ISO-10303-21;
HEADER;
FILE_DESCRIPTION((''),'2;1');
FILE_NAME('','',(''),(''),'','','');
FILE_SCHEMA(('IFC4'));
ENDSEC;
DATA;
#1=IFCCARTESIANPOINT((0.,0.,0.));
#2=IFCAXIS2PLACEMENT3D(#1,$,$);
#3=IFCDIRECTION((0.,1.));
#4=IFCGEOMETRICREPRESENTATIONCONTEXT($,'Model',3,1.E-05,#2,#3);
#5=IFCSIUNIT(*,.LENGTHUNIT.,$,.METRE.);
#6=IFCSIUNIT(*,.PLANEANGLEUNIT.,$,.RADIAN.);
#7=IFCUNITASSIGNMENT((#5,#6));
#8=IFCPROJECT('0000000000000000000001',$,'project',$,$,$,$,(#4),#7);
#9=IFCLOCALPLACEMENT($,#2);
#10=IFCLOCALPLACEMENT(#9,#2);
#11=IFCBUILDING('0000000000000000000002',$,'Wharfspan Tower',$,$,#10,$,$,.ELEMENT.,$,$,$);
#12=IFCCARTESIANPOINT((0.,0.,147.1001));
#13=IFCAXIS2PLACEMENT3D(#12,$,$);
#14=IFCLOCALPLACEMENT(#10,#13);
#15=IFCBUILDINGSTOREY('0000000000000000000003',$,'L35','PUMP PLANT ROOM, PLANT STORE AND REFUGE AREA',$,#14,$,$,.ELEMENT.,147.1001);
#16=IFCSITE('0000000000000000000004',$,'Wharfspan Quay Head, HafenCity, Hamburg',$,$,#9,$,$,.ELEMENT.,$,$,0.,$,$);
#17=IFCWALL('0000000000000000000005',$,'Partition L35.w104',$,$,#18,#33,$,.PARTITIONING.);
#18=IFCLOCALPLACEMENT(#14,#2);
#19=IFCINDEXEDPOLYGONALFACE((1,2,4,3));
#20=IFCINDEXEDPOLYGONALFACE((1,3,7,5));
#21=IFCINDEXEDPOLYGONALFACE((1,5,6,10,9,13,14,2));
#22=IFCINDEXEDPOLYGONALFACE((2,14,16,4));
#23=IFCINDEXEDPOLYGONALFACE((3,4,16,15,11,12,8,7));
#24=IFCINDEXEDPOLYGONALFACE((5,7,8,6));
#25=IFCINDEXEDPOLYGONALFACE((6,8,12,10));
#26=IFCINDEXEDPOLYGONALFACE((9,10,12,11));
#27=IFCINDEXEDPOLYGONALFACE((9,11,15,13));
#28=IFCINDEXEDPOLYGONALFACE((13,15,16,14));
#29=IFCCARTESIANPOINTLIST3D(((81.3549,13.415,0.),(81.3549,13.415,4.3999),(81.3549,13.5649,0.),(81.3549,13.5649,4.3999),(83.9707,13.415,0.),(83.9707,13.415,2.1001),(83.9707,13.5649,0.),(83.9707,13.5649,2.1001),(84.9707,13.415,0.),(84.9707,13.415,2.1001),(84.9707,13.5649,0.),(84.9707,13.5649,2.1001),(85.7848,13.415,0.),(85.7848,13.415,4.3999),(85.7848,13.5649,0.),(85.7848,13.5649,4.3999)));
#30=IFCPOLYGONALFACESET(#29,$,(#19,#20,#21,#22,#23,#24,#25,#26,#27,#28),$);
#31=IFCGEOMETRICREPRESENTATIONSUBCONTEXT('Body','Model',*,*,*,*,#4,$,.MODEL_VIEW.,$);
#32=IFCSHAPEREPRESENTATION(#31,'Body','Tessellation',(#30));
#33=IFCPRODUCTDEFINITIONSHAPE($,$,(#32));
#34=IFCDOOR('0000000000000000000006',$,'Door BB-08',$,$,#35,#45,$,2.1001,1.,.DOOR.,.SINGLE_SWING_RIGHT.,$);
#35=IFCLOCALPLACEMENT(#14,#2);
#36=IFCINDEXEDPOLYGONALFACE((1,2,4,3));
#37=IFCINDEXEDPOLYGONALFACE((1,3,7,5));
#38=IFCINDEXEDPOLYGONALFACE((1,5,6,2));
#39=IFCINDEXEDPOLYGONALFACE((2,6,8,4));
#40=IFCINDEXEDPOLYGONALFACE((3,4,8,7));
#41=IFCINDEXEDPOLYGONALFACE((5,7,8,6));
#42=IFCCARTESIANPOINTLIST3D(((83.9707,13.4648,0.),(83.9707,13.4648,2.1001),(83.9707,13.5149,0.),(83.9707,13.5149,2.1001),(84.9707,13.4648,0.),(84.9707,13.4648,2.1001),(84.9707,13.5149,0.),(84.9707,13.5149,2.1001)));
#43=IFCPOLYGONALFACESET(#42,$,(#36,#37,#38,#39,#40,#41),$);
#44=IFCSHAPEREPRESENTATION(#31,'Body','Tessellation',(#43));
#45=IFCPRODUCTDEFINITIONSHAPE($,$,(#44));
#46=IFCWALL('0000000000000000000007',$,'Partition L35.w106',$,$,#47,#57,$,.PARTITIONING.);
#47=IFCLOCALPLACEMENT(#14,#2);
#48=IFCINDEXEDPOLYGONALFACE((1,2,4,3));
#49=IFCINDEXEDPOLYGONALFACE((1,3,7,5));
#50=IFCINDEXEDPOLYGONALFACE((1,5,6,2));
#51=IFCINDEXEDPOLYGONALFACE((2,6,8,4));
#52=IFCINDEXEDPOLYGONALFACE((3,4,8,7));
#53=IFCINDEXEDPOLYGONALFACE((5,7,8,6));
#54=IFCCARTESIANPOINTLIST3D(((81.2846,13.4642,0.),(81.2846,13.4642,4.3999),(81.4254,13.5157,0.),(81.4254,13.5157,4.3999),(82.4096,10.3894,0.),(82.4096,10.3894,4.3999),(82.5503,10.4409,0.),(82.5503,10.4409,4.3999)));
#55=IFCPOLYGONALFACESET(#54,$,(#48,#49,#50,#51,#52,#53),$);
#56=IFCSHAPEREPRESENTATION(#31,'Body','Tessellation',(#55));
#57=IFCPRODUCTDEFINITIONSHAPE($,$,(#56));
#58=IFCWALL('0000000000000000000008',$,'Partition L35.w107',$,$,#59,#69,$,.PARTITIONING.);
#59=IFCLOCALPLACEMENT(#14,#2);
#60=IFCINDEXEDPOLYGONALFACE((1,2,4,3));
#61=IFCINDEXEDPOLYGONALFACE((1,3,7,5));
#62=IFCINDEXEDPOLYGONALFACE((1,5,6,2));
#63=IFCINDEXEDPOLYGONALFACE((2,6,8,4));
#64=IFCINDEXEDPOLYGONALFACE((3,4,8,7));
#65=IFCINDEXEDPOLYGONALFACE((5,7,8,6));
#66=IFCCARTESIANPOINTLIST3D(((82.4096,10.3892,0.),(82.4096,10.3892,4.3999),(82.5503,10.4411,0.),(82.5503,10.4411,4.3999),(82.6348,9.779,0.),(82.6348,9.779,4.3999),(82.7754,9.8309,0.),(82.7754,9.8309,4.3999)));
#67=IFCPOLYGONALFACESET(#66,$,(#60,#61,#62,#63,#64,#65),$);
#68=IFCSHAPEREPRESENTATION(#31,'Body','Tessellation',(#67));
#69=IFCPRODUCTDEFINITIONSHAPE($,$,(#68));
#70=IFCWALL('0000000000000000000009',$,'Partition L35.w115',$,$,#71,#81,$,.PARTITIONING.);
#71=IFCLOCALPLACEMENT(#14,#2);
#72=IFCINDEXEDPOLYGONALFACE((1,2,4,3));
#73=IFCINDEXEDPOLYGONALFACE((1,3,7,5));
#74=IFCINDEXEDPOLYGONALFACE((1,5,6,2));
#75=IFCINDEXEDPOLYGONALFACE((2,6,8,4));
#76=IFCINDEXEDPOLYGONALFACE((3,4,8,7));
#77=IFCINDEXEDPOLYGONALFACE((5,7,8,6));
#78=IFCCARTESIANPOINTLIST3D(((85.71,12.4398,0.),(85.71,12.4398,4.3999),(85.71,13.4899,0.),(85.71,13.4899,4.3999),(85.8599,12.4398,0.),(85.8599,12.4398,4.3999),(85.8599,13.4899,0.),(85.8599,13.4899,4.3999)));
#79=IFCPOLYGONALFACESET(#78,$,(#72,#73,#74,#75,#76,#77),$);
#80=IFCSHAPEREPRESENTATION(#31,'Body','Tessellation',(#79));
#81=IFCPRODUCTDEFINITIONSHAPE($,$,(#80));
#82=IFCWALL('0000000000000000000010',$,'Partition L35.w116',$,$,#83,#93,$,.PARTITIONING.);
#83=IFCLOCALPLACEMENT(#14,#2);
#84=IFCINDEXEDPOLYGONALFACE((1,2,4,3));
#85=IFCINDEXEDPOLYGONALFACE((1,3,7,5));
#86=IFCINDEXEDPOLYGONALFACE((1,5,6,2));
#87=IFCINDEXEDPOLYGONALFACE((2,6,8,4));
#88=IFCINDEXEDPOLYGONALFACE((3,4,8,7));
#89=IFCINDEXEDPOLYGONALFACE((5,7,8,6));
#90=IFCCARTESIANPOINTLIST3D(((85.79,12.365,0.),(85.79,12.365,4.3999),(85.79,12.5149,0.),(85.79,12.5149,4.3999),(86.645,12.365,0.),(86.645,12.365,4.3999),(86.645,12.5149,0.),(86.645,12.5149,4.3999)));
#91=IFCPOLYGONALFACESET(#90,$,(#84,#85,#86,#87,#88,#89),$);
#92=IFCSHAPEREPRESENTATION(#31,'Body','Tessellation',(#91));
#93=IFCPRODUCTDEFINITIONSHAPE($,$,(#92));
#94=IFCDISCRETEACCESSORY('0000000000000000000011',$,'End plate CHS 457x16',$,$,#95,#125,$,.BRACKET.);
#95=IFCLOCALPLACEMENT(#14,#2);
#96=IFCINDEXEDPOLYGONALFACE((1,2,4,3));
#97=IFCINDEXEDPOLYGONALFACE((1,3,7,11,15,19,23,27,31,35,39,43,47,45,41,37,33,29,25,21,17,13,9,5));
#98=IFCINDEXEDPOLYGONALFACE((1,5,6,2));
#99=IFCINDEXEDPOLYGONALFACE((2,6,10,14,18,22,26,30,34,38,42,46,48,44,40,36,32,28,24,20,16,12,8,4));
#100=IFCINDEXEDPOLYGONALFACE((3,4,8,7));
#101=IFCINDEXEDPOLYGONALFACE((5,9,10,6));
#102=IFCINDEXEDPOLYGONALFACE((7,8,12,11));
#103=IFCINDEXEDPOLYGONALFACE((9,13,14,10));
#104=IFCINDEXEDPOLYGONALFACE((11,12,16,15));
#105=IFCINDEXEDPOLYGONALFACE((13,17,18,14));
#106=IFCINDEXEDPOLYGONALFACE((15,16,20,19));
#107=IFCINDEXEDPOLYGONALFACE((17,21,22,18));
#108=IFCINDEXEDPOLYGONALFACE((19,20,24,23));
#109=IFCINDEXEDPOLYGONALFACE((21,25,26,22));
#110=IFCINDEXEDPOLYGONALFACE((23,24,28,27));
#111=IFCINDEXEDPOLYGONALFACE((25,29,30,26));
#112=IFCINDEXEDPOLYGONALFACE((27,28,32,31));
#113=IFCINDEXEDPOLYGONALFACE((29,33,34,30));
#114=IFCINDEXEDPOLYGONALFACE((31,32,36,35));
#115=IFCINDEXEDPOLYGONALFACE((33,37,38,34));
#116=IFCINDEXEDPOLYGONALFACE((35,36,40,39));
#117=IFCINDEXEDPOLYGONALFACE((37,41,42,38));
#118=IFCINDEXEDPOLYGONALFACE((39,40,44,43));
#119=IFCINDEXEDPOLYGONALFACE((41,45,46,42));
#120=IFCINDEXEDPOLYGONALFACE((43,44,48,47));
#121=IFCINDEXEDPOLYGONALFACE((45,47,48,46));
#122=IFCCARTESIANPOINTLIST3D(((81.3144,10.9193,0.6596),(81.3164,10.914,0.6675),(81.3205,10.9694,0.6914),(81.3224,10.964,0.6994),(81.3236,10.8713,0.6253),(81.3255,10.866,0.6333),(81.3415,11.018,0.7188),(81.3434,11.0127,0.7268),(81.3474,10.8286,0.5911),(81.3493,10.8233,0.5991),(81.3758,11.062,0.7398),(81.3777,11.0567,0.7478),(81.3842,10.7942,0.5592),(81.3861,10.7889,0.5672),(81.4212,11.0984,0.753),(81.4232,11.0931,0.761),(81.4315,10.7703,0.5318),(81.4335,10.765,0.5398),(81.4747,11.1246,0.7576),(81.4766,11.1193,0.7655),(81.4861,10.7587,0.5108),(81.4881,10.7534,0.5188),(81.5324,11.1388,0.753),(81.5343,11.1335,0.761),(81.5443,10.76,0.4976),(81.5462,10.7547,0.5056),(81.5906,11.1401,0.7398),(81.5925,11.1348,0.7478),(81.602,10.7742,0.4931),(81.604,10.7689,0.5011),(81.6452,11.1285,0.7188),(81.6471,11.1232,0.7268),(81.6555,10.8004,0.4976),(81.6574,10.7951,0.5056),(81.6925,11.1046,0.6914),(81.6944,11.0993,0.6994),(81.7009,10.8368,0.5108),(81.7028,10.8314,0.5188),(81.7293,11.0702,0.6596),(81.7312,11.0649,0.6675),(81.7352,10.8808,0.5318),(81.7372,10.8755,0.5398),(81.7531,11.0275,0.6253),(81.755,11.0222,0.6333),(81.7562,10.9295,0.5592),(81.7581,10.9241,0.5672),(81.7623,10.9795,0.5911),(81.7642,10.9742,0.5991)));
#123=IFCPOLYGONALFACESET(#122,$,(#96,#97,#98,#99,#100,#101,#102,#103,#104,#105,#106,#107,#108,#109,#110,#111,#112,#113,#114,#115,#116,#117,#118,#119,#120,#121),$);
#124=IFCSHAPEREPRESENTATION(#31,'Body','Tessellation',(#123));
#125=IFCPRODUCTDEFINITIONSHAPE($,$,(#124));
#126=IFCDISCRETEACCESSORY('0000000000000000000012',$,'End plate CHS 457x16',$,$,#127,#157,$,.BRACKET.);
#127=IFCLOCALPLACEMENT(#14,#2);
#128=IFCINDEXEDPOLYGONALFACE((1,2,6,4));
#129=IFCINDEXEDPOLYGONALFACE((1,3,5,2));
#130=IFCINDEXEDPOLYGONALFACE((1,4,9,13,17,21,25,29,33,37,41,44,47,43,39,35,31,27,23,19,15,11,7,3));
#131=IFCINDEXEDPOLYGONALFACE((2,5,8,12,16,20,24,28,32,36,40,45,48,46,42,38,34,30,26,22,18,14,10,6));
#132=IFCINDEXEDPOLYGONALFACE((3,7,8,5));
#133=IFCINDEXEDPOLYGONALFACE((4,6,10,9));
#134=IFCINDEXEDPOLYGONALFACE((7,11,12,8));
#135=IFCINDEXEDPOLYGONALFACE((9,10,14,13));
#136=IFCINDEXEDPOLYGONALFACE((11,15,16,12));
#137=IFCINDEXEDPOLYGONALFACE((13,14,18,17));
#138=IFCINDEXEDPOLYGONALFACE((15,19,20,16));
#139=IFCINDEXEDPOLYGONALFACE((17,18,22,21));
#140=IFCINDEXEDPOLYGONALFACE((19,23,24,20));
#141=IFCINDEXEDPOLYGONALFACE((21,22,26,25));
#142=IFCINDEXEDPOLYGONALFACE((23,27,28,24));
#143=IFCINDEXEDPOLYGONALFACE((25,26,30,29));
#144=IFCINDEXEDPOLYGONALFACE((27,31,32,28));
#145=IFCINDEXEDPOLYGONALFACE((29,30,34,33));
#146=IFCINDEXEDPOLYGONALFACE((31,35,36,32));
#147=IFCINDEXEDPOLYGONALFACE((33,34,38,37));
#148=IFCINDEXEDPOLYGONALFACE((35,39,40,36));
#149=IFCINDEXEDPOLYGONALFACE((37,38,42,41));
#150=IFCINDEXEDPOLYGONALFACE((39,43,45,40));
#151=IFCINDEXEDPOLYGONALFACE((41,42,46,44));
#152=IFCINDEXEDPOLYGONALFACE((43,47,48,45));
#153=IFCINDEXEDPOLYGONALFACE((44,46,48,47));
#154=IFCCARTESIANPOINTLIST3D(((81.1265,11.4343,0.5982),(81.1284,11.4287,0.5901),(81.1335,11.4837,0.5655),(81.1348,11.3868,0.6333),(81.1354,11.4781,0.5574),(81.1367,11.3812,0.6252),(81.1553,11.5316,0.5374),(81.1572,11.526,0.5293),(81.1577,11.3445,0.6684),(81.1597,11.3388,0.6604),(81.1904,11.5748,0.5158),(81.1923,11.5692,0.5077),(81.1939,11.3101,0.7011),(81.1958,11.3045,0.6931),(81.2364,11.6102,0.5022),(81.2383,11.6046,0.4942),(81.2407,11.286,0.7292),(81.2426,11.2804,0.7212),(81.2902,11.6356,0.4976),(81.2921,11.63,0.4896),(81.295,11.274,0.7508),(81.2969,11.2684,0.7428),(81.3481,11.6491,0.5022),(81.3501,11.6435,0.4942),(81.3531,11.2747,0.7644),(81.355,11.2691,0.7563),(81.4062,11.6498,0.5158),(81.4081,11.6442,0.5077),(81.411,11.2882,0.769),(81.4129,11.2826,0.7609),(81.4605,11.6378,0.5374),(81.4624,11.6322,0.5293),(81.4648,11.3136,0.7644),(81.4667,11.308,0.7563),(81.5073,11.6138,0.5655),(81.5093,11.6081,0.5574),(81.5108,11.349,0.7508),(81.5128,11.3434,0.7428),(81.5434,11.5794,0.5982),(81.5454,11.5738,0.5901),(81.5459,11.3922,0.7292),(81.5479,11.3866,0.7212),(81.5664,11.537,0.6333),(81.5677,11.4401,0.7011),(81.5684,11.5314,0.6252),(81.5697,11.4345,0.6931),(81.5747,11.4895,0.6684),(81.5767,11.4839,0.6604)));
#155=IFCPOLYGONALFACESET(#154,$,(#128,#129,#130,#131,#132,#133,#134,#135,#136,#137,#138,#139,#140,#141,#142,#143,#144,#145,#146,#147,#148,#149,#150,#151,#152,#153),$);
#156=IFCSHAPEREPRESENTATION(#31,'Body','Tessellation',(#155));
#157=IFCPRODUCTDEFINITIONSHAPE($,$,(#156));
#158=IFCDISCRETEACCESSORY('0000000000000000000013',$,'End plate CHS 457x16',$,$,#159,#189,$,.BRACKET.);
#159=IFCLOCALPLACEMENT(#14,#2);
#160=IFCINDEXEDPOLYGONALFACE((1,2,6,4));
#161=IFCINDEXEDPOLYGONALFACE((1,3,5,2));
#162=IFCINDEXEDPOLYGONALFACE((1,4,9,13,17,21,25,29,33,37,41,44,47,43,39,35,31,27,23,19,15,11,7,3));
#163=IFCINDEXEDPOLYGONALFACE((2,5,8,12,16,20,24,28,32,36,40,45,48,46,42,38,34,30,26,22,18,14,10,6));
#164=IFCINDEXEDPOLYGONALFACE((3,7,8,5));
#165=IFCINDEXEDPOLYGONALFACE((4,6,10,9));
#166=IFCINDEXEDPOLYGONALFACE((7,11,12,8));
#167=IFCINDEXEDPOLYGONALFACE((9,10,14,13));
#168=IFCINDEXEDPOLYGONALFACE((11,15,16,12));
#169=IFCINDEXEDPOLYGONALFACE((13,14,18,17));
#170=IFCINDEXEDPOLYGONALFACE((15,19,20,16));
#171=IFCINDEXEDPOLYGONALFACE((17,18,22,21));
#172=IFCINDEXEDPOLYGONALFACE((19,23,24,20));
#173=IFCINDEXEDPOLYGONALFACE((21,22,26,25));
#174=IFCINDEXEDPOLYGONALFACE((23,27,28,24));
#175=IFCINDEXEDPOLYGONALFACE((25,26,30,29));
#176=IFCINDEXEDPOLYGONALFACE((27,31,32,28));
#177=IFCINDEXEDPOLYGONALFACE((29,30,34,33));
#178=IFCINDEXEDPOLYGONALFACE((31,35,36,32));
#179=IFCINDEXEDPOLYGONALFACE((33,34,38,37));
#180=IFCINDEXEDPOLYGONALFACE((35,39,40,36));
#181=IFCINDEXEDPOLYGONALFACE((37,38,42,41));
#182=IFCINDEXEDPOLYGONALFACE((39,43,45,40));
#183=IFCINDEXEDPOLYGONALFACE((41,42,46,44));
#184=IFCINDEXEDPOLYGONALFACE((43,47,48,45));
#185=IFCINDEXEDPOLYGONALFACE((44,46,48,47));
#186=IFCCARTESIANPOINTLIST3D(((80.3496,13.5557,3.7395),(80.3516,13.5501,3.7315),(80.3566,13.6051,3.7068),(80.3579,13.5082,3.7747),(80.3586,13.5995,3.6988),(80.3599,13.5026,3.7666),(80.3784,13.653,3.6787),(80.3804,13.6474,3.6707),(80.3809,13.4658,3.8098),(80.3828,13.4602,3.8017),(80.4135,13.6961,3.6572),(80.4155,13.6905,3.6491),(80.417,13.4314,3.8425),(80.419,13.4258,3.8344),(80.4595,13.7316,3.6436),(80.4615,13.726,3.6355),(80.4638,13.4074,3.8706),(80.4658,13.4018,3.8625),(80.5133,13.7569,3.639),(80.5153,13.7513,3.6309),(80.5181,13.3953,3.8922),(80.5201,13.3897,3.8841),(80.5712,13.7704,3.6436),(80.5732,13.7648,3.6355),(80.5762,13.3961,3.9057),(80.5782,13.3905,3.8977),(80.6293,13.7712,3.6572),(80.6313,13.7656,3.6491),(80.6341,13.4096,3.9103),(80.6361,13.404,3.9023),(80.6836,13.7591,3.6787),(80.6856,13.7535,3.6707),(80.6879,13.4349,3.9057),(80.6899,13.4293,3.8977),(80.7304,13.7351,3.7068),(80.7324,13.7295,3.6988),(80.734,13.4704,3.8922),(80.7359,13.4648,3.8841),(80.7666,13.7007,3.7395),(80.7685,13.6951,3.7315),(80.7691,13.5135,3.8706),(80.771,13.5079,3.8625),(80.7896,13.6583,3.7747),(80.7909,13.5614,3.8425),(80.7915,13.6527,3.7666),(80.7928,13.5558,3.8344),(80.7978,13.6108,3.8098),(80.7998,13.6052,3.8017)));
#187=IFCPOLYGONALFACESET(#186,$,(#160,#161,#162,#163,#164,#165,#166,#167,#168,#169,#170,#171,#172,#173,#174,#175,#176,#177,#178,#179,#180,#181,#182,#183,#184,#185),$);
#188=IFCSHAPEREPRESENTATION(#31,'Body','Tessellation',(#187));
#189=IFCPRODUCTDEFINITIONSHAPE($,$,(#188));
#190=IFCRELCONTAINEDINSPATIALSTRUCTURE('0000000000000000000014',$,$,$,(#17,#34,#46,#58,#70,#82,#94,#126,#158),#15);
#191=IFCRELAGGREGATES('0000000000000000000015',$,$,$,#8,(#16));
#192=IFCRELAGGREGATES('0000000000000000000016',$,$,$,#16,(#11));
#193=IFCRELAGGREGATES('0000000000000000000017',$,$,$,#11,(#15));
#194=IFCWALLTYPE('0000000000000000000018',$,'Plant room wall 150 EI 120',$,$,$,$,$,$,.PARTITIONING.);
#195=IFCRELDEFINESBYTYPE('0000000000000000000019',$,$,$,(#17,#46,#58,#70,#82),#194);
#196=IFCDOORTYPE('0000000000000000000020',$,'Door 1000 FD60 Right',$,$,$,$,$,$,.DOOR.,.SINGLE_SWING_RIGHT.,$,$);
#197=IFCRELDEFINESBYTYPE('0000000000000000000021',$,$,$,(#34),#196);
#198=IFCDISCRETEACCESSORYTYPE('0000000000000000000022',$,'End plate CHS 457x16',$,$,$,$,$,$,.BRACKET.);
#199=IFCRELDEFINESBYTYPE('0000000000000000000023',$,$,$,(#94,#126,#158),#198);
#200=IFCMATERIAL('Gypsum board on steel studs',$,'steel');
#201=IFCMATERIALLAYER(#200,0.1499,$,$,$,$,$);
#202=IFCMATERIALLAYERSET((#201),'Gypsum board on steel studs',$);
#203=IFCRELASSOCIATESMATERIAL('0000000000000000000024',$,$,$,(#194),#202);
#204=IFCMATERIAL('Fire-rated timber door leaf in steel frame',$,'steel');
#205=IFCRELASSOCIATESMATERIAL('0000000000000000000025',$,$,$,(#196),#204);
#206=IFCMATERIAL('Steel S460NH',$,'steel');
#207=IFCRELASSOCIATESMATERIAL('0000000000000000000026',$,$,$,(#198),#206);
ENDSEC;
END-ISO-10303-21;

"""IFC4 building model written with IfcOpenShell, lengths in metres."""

from ifc_helpers import new_model, si_unit, direction, frame, frame_2d, origin, origin_2d, place, context, subcontext, project, spatial, rectangle, circle, extrude, material, layer, layer_set, material_profile, profile_set, type_object, element, fill, save


model = new_model("IFC4")

# Units and contexts
model_context = context("Model", 3, precision=1e-05, world=origin(), true_north=direction((0.0, 1.0)))
body_context = subcontext(model_context, "Body", "Model", "MODEL_VIEW")
ifc_project = project(units=[si_unit("LENGTHUNIT", "METRE"), si_unit("PLANEANGLEUNIT", "RADIAN")], contexts=[model_context])

# Site, building, storey
site_placement = place(None, origin())
site = spatial("IfcSite", under=ifc_project, at=site_placement, Name="Wharfspan Quay Head, HafenCity, Hamburg", CompositionType="ELEMENT", RefElevation=0.0)
building_placement = place(site_placement, origin())
building = spatial("IfcBuilding", under=site, at=building_placement, Name="Wharfspan Tower", CompositionType="ELEMENT")
storey_placement = place(building_placement, frame((0.0, 0.0, 147.1001)))
storey = spatial("IfcBuildingStorey", under=building, at=storey_placement, Name="L35", Description="PUMP PLANT ROOM, PLANT STORE AND REFUGE AREA", CompositionType="ELEMENT", Elevation=147.1001)

# Shared definitions
ifc_material_1 = material(Name="Steel S460NH", Category="steel")

# Wall, opening, door
ifc_material_2 = material(Name="Gypsum board on steel studs", Category="steel")
ifc_layer = layer(ifc_material_2, 0.1499)
ifc_layer_set = layer_set([ifc_layer], Name="Gypsum board on steel studs")
wall_type = type_object("IfcWallType", Name="Plant room wall 150 EI 120", PredefinedType="PARTITIONING", material=ifc_layer_set)
wall_1_placement = place(storey_placement, frame((81.355, 13.49, 0.0), z_axis=(0.0, 0.0, 1.0), x_axis=(1.0, 0.0, 0.0)))
wall_1 = element("IfcWall", 1, at=wall_1_placement, inside=storey, type_object=wall_type, Name="Partition L35.w104", PredefinedType="PARTITIONING", context=body_context, shape_type="SweptSolid", body=[
    extrude(rectangle(XDim=4.4299, YDim=0.1499, at=frame_2d((2.2148, 0.0))), origin(), (0.0, 0.0, 1.0), 4.3999),
])
opening_placement = place(wall_1_placement, frame((2.6157, 0.0, 0.0)))
opening = element("IfcOpeningElement", 2, at=opening_placement, cuts=wall_1, PredefinedType="OPENING", context=body_context, shape_type="SweptSolid", body=[
    extrude(rectangle(XDim=1.0, YDim=2.1001, at=frame_2d((0.5, 1.05))), frame((0.0, 0.085, 0.0), z_axis=(0.0, -1.0, 0.0), x_axis=(1.0, 0.0, 0.0)), (0.0, 0.0, 1.0), 0.1699),
])
ifc_material_3 = material(Name="Fire-rated timber door leaf in steel frame", Category="steel")
door_type = type_object("IfcDoorType", Name="Door 1000 FD60 Right", OperationType="SINGLE_SWING_RIGHT", PredefinedType="DOOR", material=ifc_material_3)
door_placement = place(opening_placement, origin())
door = element("IfcDoor", 3, at=door_placement, inside=storey, type_object=door_type, Name="Door BB-08", OperationType="SINGLE_SWING_RIGHT", OverallHeight=2.1001, OverallWidth=1.0, PredefinedType="DOOR", context=body_context, shape_type="SweptSolid", body=[
    extrude(rectangle(XDim=1.0, YDim=2.1001, at=frame_2d((0.5, 1.05))), frame((0.0, 0.0249, 0.0), z_axis=(0.0, -1.0, 0.0), x_axis=(1.0, 0.0, 0.0)), (0.0, 0.0, 1.0), 0.05),
])
fill(opening, door)

# Walls
wall_2_placement = place(storey_placement, frame((82.48, 10.415, 0.0), z_axis=(0.0, 0.0, 1.0), x_axis=(-0.343587, 0.939123, 0.0)))
element("IfcWall", 4, at=wall_2_placement, inside=storey, type_object=wall_type, Name="Partition L35.w106", PredefinedType="PARTITIONING", context=body_context, shape_type="SweptSolid", body=[
    extrude(rectangle(XDim=3.2742, YDim=0.1499, at=frame_2d((1.6372, 0.0))), origin(), (0.0, 0.0, 1.0), 4.3999),
])
wall_3_placement = place(storey_placement, frame((82.7051, 9.8049, 0.0), z_axis=(0.0, 0.0, 1.0), x_axis=(-0.34614, 0.938182, 0.0)))
element("IfcWall", 5, at=wall_3_placement, inside=storey, type_object=wall_type, Name="Partition L35.w107", PredefinedType="PARTITIONING", context=body_context, shape_type="SweptSolid", body=[
    extrude(rectangle(XDim=0.6504, YDim=0.1499, at=frame_2d((0.3252, 0.0))), origin(), (0.0, 0.0, 1.0), 4.3999),
])
wall_4_placement = place(storey_placement, frame((85.7849, 12.4399, 0.0), z_axis=(0.0, 0.0, 1.0), x_axis=(0.0, 1.0, 0.0)))
element("IfcWall", 6, at=wall_4_placement, inside=storey, type_object=wall_type, Name="Partition L35.w115", PredefinedType="PARTITIONING", context=body_context, shape_type="SweptSolid", body=[
    extrude(rectangle(XDim=1.05, YDim=0.1499, at=frame_2d((0.5249, 0.0))), origin(), (0.0, 0.0, 1.0), 4.3999),
])
wall_5_placement = place(storey_placement, frame((85.79, 12.4399, 0.0), z_axis=(0.0, 0.0, 1.0), x_axis=(1.0, 0.0, 0.0)))
element("IfcWall", 7, at=wall_5_placement, inside=storey, type_object=wall_type, Name="Partition L35.w116", PredefinedType="PARTITIONING", context=body_context, shape_type="SweptSolid", body=[
    extrude(rectangle(XDim=0.855, YDim=0.1499, at=frame_2d((0.4275, 0.0))), origin(), (0.0, 0.0, 1.0), 4.3999),
])

# Discrete accessories
ifc_material_profile_1 = material_profile(ifc_material_1, circle(Radius=0.2285, at=origin_2d()))
ifc_profile_set_1 = profile_set([ifc_material_profile_1], Name="Steel S460NH")
discrete_accessory_type_1 = type_object("IfcDiscreteAccessoryType", Name="End plate CHS 457x16", PredefinedType="BRACKET", material=ifc_profile_set_1)
discrete_accessory_1_placement = place(storey_placement, frame((81.5403, 10.9441, 0.6333), z_axis=(-0.197727, 0.543749, -0.815623), x_axis=(-0.939797, -0.341743, 0.000001)))
element("IfcDiscreteAccessory", 8, at=discrete_accessory_1_placement, inside=storey, type_object=discrete_accessory_type_1, Name="End plate CHS 457x16", PredefinedType="BRACKET", context=body_context, shape_type="SweptSolid", body=[
    extrude(circle(Radius=0.2285, at=origin_2d()), origin(), (0.0, 0.0, 1.0), 0.0098),
])
for number, where, z_axis, x_axis, name in (
    (9, (81.3525, 11.4563, 0.6252), (-0.195064, 0.560809, 0.804639), (-0.944495, -0.32852, 0.0), "End plate CHS 457x16"),
    (10, (80.5757, 13.5776, 3.7666), (-0.195064, 0.560809, 0.804639), (-0.944495, -0.32852, 0.0), "End plate CHS 457x16"),
):
    element("IfcDiscreteAccessory", number, at=place(storey_placement, frame(where, z_axis=z_axis, x_axis=x_axis)), inside=storey, type_object=discrete_accessory_type_1, Name=name, PredefinedType="BRACKET", context=body_context, shape_type="SweptSolid", body=[
        extrude(circle(Radius=0.2285, at=origin_2d()), origin(), (0.0, 0.0, 1.0), 0.01),
    ])

save(model, "model.ifc")
